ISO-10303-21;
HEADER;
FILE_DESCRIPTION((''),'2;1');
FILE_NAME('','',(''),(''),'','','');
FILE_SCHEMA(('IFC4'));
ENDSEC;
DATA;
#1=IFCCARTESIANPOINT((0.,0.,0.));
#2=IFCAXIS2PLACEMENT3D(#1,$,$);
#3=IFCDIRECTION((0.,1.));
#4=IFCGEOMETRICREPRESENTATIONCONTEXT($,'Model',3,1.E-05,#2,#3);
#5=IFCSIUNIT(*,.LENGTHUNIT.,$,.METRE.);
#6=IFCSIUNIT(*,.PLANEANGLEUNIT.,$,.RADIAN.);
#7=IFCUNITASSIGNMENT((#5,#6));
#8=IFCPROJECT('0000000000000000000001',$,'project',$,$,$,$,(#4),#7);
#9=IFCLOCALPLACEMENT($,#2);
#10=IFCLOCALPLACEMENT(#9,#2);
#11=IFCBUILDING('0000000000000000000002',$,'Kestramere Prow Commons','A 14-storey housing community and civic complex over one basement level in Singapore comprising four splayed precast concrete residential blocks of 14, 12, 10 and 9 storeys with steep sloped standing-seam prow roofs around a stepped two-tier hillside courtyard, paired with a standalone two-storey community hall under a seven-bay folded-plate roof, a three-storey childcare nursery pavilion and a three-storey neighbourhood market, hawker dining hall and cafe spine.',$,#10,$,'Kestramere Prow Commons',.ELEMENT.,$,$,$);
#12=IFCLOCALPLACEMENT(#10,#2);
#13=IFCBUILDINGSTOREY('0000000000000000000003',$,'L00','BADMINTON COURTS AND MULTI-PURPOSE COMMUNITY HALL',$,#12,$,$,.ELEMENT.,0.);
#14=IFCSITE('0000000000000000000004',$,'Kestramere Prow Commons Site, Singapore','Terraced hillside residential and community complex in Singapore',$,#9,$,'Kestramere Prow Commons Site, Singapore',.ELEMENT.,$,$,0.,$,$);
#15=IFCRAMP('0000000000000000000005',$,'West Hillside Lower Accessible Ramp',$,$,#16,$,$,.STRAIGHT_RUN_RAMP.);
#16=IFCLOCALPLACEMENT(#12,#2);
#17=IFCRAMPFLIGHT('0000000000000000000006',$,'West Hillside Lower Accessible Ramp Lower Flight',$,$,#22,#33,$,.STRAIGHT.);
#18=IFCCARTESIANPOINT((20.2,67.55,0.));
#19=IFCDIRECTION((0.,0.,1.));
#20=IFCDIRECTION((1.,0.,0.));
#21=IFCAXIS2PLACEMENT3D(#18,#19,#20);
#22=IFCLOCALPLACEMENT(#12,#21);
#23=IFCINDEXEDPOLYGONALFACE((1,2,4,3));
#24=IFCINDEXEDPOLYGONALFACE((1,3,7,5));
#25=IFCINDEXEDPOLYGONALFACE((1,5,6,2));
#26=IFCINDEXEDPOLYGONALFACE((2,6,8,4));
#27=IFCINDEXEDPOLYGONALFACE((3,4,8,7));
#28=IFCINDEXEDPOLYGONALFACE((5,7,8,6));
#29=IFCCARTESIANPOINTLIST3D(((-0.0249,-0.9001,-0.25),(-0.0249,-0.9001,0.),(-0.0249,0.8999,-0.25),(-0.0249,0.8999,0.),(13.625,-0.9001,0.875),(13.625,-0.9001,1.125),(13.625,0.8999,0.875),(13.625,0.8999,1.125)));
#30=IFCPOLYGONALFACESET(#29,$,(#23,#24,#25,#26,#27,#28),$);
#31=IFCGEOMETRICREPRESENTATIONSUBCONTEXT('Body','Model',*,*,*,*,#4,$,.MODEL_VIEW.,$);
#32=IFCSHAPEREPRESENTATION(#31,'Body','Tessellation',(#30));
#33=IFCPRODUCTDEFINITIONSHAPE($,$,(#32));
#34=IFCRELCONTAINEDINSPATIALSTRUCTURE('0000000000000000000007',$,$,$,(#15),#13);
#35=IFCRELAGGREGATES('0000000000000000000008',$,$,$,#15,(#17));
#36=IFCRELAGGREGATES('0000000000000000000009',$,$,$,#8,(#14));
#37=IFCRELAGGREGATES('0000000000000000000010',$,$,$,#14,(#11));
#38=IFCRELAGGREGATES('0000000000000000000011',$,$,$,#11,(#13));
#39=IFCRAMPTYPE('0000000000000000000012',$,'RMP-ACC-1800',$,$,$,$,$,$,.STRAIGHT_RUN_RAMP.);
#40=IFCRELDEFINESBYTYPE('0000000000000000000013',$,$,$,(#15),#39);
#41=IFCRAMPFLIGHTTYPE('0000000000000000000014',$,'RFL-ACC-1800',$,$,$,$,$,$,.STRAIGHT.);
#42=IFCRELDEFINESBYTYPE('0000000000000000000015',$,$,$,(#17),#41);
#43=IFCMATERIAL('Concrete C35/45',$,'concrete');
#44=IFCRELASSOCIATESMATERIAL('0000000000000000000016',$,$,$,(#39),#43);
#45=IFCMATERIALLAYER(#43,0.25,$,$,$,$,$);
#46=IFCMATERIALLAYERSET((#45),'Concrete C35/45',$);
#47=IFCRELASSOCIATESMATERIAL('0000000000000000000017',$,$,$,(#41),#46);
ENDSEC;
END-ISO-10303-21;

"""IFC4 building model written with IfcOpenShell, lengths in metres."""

from ifc_helpers import new_model, si_unit, direction, frame, origin, place, context, subcontext, project, spatial, polyline, outline, extrude, material, layer, layer_set, type_object, element, aggregate, save


model = new_model("IFC4")

# Units and contexts
model_context = context("Model", 3, precision=1e-05, world=origin(), true_north=direction((0.0, 1.0)))
body_context = subcontext(model_context, "Body", "Model", "MODEL_VIEW")
ifc_project = project(units=[si_unit("LENGTHUNIT", "METRE"), si_unit("PLANEANGLEUNIT", "RADIAN")], contexts=[model_context])

# Site, building, storey
site_placement = place(None, origin())
site = spatial("IfcSite", under=ifc_project, at=site_placement, Name="Kestramere Prow Commons Site, Singapore", Description="Terraced hillside residential and community complex in Singapore", LongName="Kestramere Prow Commons Site, Singapore", CompositionType="ELEMENT", RefElevation=0.0)
building_placement = place(site_placement, origin())
building = spatial("IfcBuilding", under=site, at=building_placement, Name="Kestramere Prow Commons", Description="A 14-storey housing community and civic complex over one basement level in Singapore comprising four splayed precast concrete residential blocks of 14, 12, 10 and 9 storeys with steep sloped standing-seam prow roofs around a stepped two-tier hillside courtyard, paired with a standalone two-storey community hall under a seven-bay folded-plate roof, a three-storey childcare nursery pavilion and a three-storey neighbourhood market, hawker dining hall and cafe spine.", LongName="Kestramere Prow Commons", CompositionType="ELEMENT")
storey_placement = place(building_placement, origin())
storey = spatial("IfcBuildingStorey", under=building, at=storey_placement, Name="L00", Description="BADMINTON COURTS AND MULTI-PURPOSE COMMUNITY HALL", CompositionType="ELEMENT", Elevation=0.0)

# Shared definitions
ifc_material_1 = material(Name="Concrete C35/45", Category="concrete")

# Ramp, ramp flight
ramp_type = type_object("IfcRampType", Name="RMP-ACC-1800", PredefinedType="STRAIGHT_RUN_RAMP", material=ifc_material_1)
ramp_placement = place(storey_placement, origin())
ramp = element("IfcRamp", 1, at=ramp_placement, inside=storey, type_object=ramp_type, Name="West Hillside Lower Accessible Ramp", PredefinedType="STRAIGHT_RUN_RAMP")
ifc_layer_1 = layer(ifc_material_1, 0.25)
ifc_layer_set_1 = layer_set([ifc_layer_1], Name="Concrete C35/45")
ramp_flight_type = type_object("IfcRampFlightType", Name="RFL-ACC-1800", PredefinedType="STRAIGHT", material=ifc_layer_set_1)
ramp_flight_placement = place(storey_placement, frame((20.2, 67.55, 0.0), z_axis=(0.0, 0.0, 1.0), x_axis=(1.0, 0.0, 0.0)))
ramp_flight = element("IfcRampFlight", 2, at=ramp_flight_placement, type_object=ramp_flight_type, Name="West Hillside Lower Accessible Ramp Lower Flight", PredefinedType="STRAIGHT", context=body_context, shape_type="SweptSolid", body=[
    extrude(outline(polyline([(-0.0249, 0.0), (13.625, 1.125), (13.625, 0.875), (-0.0249, -0.25), (-0.0249, 0.0)])), frame((0.0, 0.8999, 0.0), z_axis=(0.0, -1.0, 0.0), x_axis=(1.0, 0.0, 0.0)), (0.0, 0.0, 1.0), 1.8),
])
aggregate(ramp, [ramp_flight])

save(model, "model.ifc")
